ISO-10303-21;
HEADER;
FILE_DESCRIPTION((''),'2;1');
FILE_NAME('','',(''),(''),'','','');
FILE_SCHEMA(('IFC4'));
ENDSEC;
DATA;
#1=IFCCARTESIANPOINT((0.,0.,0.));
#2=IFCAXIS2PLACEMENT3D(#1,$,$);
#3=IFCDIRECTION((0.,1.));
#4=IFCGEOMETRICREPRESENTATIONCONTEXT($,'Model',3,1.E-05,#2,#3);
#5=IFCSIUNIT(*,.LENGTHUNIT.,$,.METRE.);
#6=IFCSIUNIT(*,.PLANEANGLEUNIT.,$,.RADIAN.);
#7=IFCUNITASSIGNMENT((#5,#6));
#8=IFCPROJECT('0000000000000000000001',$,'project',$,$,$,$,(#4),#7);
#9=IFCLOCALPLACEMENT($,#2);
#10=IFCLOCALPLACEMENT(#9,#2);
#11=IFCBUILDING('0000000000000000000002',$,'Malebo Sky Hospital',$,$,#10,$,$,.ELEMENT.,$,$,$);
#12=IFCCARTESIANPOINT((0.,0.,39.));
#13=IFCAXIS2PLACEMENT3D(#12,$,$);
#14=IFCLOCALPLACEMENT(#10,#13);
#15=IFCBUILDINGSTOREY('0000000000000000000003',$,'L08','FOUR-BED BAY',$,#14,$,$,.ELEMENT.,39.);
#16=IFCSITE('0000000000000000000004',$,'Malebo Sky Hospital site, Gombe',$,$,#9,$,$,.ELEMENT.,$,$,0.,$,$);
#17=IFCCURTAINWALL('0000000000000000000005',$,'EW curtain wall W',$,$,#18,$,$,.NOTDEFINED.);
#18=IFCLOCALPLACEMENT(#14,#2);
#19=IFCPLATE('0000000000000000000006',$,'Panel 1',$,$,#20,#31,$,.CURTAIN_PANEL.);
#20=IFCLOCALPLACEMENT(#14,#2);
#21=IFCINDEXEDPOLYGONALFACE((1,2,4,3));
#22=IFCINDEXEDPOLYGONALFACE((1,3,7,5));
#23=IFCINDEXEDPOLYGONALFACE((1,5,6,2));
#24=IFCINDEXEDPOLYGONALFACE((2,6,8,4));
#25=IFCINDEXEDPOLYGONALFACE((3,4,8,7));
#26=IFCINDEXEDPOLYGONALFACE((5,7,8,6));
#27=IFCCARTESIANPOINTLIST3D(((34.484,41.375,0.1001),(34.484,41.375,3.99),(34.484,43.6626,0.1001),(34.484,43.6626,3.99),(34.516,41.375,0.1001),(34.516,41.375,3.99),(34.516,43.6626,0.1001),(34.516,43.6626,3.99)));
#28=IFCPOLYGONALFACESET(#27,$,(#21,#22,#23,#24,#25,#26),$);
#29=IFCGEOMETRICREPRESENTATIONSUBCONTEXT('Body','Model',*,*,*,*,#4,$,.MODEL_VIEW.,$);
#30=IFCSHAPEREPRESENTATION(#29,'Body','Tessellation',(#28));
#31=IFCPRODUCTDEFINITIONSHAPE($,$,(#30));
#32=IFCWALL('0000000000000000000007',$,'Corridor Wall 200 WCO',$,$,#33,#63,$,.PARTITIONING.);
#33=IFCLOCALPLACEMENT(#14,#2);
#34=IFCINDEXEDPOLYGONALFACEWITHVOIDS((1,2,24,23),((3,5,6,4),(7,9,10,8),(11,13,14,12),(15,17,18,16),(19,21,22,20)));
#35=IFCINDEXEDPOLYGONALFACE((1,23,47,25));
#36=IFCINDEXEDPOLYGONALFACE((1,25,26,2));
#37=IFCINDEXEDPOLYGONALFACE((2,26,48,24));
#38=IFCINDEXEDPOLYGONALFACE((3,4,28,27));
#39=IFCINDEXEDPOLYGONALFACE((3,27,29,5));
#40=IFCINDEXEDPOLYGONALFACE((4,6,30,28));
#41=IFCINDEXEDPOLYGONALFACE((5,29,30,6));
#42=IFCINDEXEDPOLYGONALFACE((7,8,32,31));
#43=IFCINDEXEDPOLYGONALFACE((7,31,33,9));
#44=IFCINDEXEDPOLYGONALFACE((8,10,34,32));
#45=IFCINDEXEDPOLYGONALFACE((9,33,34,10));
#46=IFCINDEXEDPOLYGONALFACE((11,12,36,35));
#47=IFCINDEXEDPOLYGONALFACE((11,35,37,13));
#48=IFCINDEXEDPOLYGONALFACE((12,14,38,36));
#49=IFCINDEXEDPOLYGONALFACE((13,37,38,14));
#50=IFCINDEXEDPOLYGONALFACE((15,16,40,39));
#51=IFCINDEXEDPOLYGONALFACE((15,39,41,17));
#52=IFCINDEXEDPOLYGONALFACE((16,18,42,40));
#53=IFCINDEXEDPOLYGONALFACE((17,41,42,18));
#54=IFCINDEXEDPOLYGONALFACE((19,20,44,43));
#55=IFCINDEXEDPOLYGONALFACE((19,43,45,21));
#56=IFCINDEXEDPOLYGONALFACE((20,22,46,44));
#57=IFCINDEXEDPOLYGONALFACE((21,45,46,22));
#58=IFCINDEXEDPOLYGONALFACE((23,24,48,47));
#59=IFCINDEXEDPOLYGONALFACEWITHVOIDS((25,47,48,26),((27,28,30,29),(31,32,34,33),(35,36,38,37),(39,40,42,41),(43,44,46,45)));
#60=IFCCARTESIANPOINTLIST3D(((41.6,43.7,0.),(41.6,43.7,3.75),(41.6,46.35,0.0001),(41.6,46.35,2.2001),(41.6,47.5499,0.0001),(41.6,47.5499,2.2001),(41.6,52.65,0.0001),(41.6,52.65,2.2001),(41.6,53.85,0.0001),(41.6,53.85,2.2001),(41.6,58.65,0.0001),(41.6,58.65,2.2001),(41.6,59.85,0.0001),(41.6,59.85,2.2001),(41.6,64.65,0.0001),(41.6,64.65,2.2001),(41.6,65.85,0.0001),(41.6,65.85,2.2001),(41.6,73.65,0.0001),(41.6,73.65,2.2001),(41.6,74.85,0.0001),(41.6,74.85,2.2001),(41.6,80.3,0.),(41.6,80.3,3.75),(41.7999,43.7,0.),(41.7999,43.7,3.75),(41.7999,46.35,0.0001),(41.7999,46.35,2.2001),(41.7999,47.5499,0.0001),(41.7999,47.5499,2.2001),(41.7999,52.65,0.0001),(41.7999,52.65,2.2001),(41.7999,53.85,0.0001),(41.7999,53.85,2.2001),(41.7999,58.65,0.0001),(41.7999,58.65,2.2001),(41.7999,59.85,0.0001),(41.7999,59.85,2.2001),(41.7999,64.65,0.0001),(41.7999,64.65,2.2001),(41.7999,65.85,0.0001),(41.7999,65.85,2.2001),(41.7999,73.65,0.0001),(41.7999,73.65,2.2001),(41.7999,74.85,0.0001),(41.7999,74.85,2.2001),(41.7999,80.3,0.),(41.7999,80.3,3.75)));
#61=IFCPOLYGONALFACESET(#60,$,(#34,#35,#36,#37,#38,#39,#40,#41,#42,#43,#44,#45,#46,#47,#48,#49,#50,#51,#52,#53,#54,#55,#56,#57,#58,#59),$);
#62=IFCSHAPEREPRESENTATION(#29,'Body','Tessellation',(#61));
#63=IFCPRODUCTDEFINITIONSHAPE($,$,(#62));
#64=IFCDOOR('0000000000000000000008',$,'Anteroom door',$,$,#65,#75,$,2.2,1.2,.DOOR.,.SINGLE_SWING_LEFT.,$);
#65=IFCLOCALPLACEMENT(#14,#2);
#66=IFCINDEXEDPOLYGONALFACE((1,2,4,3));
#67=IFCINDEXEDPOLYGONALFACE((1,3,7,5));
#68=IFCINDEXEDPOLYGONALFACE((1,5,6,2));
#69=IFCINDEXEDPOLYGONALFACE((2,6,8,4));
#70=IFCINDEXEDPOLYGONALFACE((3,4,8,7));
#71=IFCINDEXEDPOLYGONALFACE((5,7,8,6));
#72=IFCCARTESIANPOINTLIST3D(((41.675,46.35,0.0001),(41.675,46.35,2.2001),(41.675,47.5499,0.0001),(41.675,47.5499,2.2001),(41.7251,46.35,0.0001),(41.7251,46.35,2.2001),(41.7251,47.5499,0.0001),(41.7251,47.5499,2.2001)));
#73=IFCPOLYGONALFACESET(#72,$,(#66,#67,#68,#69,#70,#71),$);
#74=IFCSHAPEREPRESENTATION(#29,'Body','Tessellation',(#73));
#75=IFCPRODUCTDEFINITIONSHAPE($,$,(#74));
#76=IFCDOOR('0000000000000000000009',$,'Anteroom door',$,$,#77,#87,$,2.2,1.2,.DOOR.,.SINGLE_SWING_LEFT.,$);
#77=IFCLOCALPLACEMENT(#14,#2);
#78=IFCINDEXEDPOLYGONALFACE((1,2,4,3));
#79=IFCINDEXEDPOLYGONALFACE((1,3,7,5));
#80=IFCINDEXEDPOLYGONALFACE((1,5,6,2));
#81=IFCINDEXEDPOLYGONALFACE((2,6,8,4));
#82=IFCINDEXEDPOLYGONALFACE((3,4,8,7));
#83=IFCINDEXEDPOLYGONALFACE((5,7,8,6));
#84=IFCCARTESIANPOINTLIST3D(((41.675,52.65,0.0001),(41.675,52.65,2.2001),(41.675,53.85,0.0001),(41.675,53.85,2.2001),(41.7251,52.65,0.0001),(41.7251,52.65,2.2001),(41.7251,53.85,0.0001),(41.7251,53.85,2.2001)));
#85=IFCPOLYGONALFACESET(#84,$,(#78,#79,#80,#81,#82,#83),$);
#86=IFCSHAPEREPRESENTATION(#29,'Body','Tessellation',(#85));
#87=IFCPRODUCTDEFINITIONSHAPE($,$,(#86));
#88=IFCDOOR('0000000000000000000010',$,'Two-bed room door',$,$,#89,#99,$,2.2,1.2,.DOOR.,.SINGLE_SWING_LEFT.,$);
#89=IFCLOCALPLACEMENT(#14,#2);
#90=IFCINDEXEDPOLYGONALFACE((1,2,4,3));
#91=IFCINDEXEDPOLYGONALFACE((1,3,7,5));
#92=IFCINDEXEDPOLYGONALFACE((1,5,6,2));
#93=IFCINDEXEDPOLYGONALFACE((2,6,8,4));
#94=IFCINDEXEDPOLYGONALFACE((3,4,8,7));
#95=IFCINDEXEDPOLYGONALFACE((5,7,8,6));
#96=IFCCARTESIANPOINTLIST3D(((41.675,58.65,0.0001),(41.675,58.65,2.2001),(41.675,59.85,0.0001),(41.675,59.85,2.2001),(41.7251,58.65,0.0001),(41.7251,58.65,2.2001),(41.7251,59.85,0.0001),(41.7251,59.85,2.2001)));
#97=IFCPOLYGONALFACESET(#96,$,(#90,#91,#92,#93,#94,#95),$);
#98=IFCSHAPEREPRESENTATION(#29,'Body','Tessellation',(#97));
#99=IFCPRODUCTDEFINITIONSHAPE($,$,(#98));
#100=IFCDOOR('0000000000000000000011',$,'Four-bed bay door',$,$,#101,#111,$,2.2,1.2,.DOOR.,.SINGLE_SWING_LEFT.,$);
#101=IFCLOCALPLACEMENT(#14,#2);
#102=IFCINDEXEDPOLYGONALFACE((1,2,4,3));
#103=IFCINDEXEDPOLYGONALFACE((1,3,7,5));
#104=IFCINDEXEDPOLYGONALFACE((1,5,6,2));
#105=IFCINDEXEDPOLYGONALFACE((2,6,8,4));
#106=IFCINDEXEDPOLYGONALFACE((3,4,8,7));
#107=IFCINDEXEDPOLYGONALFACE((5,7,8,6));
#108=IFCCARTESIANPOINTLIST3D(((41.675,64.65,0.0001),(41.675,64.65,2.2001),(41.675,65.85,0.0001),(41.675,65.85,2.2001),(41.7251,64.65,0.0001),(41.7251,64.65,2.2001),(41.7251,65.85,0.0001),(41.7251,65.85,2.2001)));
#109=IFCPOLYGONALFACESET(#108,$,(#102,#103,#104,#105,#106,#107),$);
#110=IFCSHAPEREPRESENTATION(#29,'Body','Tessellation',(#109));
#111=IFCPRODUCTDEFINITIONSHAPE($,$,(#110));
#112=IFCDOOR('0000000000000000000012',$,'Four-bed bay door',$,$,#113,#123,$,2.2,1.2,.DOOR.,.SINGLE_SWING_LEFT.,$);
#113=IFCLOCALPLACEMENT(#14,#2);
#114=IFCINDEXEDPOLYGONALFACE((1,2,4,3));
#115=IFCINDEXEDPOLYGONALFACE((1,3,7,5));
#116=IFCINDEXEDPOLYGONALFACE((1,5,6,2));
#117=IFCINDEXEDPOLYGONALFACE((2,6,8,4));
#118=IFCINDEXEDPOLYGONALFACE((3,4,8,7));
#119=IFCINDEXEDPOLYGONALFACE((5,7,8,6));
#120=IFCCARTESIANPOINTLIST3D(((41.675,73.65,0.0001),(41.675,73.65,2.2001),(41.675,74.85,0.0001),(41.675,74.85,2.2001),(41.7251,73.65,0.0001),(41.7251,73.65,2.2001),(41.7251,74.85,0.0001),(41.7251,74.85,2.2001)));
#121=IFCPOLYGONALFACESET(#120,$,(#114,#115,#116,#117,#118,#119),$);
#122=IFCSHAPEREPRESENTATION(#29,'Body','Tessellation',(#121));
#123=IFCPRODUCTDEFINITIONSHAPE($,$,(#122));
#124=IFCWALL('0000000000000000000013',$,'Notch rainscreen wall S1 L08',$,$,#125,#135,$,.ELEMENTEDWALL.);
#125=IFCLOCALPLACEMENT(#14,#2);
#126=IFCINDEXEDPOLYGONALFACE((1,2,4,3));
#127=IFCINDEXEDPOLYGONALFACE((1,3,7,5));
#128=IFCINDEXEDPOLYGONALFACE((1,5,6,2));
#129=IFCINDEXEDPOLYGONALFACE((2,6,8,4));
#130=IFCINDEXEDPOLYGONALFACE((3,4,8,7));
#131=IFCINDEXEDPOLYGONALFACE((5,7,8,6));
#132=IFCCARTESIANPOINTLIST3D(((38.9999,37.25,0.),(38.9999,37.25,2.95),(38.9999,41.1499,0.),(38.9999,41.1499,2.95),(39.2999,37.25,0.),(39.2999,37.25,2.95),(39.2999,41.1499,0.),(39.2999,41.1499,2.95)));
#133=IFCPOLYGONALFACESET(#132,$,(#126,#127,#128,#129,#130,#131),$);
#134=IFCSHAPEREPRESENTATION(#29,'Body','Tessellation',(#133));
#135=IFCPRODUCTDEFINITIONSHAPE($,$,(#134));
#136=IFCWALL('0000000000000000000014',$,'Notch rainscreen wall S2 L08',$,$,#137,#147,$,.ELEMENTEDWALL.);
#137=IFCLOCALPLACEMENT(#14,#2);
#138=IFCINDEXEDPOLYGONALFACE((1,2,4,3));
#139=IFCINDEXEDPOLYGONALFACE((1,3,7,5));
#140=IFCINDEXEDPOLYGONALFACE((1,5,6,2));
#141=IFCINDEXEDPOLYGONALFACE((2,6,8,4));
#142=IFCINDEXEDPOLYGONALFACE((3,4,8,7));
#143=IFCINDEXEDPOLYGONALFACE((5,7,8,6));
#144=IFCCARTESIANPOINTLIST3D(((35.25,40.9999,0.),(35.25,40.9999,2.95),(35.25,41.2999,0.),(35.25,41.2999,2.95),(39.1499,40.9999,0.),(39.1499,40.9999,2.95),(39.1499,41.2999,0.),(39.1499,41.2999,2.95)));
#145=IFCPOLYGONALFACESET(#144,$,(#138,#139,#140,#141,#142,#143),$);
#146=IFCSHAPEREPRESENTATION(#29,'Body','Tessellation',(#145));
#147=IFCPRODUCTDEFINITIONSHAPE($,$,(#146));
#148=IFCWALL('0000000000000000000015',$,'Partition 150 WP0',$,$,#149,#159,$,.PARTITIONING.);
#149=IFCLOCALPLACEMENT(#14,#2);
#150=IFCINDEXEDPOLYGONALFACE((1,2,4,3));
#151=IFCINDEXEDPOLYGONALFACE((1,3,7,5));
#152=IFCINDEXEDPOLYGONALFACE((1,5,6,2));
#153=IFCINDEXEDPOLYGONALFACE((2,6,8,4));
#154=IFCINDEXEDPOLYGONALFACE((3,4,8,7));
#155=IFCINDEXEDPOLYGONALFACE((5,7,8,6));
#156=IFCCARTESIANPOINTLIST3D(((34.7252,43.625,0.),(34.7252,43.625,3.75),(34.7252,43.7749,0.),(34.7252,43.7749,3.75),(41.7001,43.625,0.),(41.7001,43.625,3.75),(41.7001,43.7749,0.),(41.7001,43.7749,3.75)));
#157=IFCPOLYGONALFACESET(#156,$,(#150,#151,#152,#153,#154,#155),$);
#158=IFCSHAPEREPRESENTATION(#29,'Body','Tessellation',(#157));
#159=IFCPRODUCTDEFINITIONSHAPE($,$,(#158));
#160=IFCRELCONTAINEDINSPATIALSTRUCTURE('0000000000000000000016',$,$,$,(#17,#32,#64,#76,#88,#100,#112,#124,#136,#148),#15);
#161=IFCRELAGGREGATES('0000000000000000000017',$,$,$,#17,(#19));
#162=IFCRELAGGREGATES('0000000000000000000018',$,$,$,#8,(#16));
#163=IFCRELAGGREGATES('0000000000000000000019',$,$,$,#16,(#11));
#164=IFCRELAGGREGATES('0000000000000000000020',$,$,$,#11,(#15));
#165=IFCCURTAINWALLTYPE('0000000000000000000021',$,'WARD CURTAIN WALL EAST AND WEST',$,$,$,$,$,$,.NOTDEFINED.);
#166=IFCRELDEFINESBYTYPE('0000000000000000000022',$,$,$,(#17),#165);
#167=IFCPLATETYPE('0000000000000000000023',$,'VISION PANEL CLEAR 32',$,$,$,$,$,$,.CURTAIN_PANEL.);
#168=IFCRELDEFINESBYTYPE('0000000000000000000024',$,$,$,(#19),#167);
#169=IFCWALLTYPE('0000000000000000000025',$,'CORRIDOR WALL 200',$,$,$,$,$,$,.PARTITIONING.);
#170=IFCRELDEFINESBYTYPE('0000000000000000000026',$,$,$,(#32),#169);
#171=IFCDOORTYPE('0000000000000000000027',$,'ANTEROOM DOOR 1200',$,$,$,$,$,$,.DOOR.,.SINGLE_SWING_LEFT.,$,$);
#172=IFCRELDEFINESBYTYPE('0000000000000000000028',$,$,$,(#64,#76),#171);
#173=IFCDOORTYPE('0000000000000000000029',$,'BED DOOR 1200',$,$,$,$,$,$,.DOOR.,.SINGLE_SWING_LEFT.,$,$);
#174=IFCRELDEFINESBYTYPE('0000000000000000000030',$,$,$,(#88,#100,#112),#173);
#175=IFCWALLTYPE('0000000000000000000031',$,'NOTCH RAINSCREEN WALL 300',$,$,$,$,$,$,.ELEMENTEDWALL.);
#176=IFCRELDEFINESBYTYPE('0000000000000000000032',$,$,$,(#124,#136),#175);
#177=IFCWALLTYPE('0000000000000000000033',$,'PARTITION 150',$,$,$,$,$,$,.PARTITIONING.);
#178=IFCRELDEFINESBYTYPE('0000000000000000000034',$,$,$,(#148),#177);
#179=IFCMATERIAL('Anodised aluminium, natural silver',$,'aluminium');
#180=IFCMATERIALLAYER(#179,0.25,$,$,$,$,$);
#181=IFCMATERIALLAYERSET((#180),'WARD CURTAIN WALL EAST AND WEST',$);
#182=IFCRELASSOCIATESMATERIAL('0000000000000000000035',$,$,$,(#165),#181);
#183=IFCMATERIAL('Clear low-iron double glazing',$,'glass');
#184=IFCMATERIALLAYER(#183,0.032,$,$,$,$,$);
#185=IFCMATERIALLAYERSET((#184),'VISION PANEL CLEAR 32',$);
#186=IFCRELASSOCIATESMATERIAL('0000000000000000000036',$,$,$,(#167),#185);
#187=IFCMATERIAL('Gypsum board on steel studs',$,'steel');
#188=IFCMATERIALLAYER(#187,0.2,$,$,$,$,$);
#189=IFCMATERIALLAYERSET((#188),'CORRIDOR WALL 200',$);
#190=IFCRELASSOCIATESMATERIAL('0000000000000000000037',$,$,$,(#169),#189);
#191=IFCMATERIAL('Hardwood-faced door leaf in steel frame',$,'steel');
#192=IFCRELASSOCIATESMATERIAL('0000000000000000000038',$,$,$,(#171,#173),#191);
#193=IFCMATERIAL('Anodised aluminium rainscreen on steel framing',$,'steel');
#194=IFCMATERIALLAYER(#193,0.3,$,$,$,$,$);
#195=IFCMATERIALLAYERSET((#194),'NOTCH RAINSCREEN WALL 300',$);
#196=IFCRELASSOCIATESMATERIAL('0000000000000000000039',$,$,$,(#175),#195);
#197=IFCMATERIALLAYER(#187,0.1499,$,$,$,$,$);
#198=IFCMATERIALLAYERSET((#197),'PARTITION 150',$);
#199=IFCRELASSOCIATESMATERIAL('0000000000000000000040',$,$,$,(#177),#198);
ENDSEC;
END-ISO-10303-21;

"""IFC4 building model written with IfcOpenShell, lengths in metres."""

from ifc_helpers import new_model, si_unit, direction, frame, frame_2d, origin, origin_2d, place, context, subcontext, project, spatial, rectangle, extrude, material, layer, layer_set, type_object, element, fill, aggregate, save


model = new_model("IFC4")

# Units and contexts
model_context = context("Model", 3, precision=1e-05, world=origin(), true_north=direction((0.0, 1.0)))
body_context = subcontext(model_context, "Body", "Model", "MODEL_VIEW")
ifc_project = project(units=[si_unit("LENGTHUNIT", "METRE"), si_unit("PLANEANGLEUNIT", "RADIAN")], contexts=[model_context])

# Site, building, storey
site_placement = place(None, origin())
site = spatial("IfcSite", under=ifc_project, at=site_placement, Name="Malebo Sky Hospital site, Gombe", CompositionType="ELEMENT", RefElevation=0.0)
building_placement = place(site_placement, origin())
building = spatial("IfcBuilding", under=site, at=building_placement, Name="Malebo Sky Hospital", CompositionType="ELEMENT")
storey_placement = place(building_placement, frame((0.0, 0.0, 39.0)))
storey = spatial("IfcBuildingStorey", under=building, at=storey_placement, Name="L08", Description="FOUR-BED BAY", CompositionType="ELEMENT", Elevation=39.0)

# Curtain wall
ifc_material_1 = material(Name="Anodised aluminium, natural silver", Category="aluminium")
ifc_layer_1 = layer(ifc_material_1, 0.25)
ifc_layer_set_1 = layer_set([ifc_layer_1], Name="WARD CURTAIN WALL EAST AND WEST")
curtain_wall_type = type_object("IfcCurtainWallType", Name="WARD CURTAIN WALL EAST AND WEST", PredefinedType="NOTDEFINED", material=ifc_layer_set_1)
curtain_wall_placement = place(storey_placement, origin())
curtain_wall = element("IfcCurtainWall", 1, at=curtain_wall_placement, inside=storey, type_object=curtain_wall_type, Name="EW curtain wall W", PredefinedType="NOTDEFINED")

# Plate
ifc_material_2 = material(Name="Clear low-iron double glazing", Category="glass")
ifc_layer_2 = layer(ifc_material_2, 0.032)
ifc_layer_set_2 = layer_set([ifc_layer_2], Name="VISION PANEL CLEAR 32")
plate_type = type_object("IfcPlateType", Name="VISION PANEL CLEAR 32", PredefinedType="CURTAIN_PANEL", material=ifc_layer_set_2)
plate_placement = place(storey_placement, frame((34.5, 42.5188, 0.1001), z_axis=(0.0, 0.0, 1.0), x_axis=(0.0, 1.0, 0.0)))
plate = element("IfcPlate", 2, at=plate_placement, type_object=plate_type, Name="Panel 1", PredefinedType="CURTAIN_PANEL", context=body_context, shape_type="SweptSolid", body=[
    extrude(rectangle(XDim=2.2876, YDim=0.032, at=origin_2d()), origin(), (0.0, 0.0, 1.0), 3.8899),
])
aggregate(curtain_wall, [plate])

# Wall, openings, doors
ifc_material_3 = material(Name="Gypsum board on steel studs", Category="steel")
ifc_layer_3 = layer(ifc_material_3, 0.2)
ifc_layer_set_3 = layer_set([ifc_layer_3], Name="CORRIDOR WALL 200")
wall_type_1 = type_object("IfcWallType", Name="CORRIDOR WALL 200", PredefinedType="PARTITIONING", material=ifc_layer_set_3)
wall_1_placement = place(storey_placement, frame((41.7, 43.7, 0.0), z_axis=(0.0, 0.0, 1.0), x_axis=(0.0, 1.0, 0.0)))
wall_1 = element("IfcWall", 3, at=wall_1_placement, inside=storey, type_object=wall_type_1, Name="Corridor Wall 200 WCO", PredefinedType="PARTITIONING", context=body_context, shape_type="SweptSolid", body=[
    extrude(rectangle(XDim=36.6001, YDim=0.2, at=frame_2d((18.3, 0.0))), origin(), (0.0, 0.0, 1.0), 3.75),
])
opening_1_placement = place(wall_1_placement, frame((2.6499, 0.0, 0.0)))
opening_1 = element("IfcOpeningElement", 4, at=opening_1_placement, cuts=wall_1, PredefinedType="OPENING", context=body_context, shape_type="SweptSolid", body=[
    extrude(rectangle(XDim=1.2, YDim=2.2, at=frame_2d((0.6001, 1.1001))), frame((0.0, 0.1099, 0.0), z_axis=(0.0, -1.0, 0.0), x_axis=(1.0, 0.0, 0.0)), (0.0, 0.0, 1.0), 0.22),
])
opening_2_placement = place(wall_1_placement, frame((8.95, 0.0, 0.0)))
opening_2 = element("IfcOpeningElement", 5, at=opening_2_placement, cuts=wall_1, PredefinedType="OPENING", context=body_context, shape_type="SweptSolid", body=[
    extrude(rectangle(XDim=1.2, YDim=2.2, at=frame_2d((0.6001, 1.1001))), frame((0.0, 0.1099, 0.0), z_axis=(0.0, -1.0, 0.0), x_axis=(1.0, 0.0, 0.0)), (0.0, 0.0, 1.0), 0.22),
])
opening_3_placement = place(wall_1_placement, frame((14.95, 0.0, 0.0)))
opening_3 = element("IfcOpeningElement", 6, at=opening_3_placement, cuts=wall_1, PredefinedType="OPENING", context=body_context, shape_type="SweptSolid", body=[
    extrude(rectangle(XDim=1.2, YDim=2.2, at=frame_2d((0.6001, 1.1001))), frame((0.0, 0.1099, 0.0), z_axis=(0.0, -1.0, 0.0), x_axis=(1.0, 0.0, 0.0)), (0.0, 0.0, 1.0), 0.22),
])
opening_4_placement = place(wall_1_placement, frame((20.95, 0.0, 0.0)))
opening_4 = element("IfcOpeningElement", 7, at=opening_4_placement, cuts=wall_1, PredefinedType="OPENING", context=body_context, shape_type="SweptSolid", body=[
    extrude(rectangle(XDim=1.2, YDim=2.2, at=frame_2d((0.6001, 1.1001))), frame((0.0, 0.1099, 0.0), z_axis=(0.0, -1.0, 0.0), x_axis=(1.0, 0.0, 0.0)), (0.0, 0.0, 1.0), 0.22),
])
opening_5_placement = place(wall_1_placement, frame((29.95, 0.0, 0.0)))
opening_5 = element("IfcOpeningElement", 8, at=opening_5_placement, cuts=wall_1, PredefinedType="OPENING", context=body_context, shape_type="SweptSolid", body=[
    extrude(rectangle(XDim=1.2, YDim=2.2, at=frame_2d((0.6001, 1.1001))), frame((0.0, 0.1099, 0.0), z_axis=(0.0, -1.0, 0.0), x_axis=(1.0, 0.0, 0.0)), (0.0, 0.0, 1.0), 0.22),
])
ifc_material_4 = material(Name="Hardwood-faced door leaf in steel frame", Category="steel")
door_type_1 = type_object("IfcDoorType", Name="ANTEROOM DOOR 1200", OperationType="SINGLE_SWING_LEFT", PredefinedType="DOOR", material=ifc_material_4)
door_1_placement = place(opening_1_placement, origin())
door_1 = element("IfcDoor", 9, at=door_1_placement, inside=storey, type_object=door_type_1, Name="Anteroom door", OperationType="SINGLE_SWING_LEFT", OverallHeight=2.2, OverallWidth=1.2, PredefinedType="DOOR", context=body_context, shape_type="SweptSolid", body=[
    extrude(rectangle(XDim=1.2, YDim=2.2, at=frame_2d((0.6001, 1.1001))), frame((0.0, 0.0249, 0.0), z_axis=(0.0, -1.0, 0.0), x_axis=(1.0, 0.0, 0.0)), (0.0, 0.0, 1.0), 0.05),
])
fill(opening_1, door_1)
door_2_placement = place(opening_2_placement, origin())
door_2 = element("IfcDoor", 10, at=door_2_placement, inside=storey, type_object=door_type_1, Name="Anteroom door", OperationType="SINGLE_SWING_LEFT", OverallHeight=2.2, OverallWidth=1.2, PredefinedType="DOOR", context=body_context, shape_type="SweptSolid", body=[
    extrude(rectangle(XDim=1.2, YDim=2.2, at=frame_2d((0.6001, 1.1001))), frame((0.0, 0.0249, 0.0), z_axis=(0.0, -1.0, 0.0), x_axis=(1.0, 0.0, 0.0)), (0.0, 0.0, 1.0), 0.05),
])
fill(opening_2, door_2)
door_type_2 = type_object("IfcDoorType", Name="BED DOOR 1200", OperationType="SINGLE_SWING_LEFT", PredefinedType="DOOR", material=ifc_material_4)
door_3_placement = place(opening_3_placement, origin())
door_3 = element("IfcDoor", 11, at=door_3_placement, inside=storey, type_object=door_type_2, Name="Two-bed room door", OperationType="SINGLE_SWING_LEFT", OverallHeight=2.2, OverallWidth=1.2, PredefinedType="DOOR", context=body_context, shape_type="SweptSolid", body=[
    extrude(rectangle(XDim=1.2, YDim=2.2, at=frame_2d((0.6001, 1.1001))), frame((0.0, 0.0249, 0.0), z_axis=(0.0, -1.0, 0.0), x_axis=(1.0, 0.0, 0.0)), (0.0, 0.0, 1.0), 0.05),
])
fill(opening_3, door_3)
door_4_placement = place(opening_4_placement, origin())
door_4 = element("IfcDoor", 12, at=door_4_placement, inside=storey, type_object=door_type_2, Name="Four-bed bay door", OperationType="SINGLE_SWING_LEFT", OverallHeight=2.2, OverallWidth=1.2, PredefinedType="DOOR", context=body_context, shape_type="SweptSolid", body=[
    extrude(rectangle(XDim=1.2, YDim=2.2, at=frame_2d((0.6001, 1.1001))), frame((0.0, 0.0249, 0.0), z_axis=(0.0, -1.0, 0.0), x_axis=(1.0, 0.0, 0.0)), (0.0, 0.0, 1.0), 0.05),
])
fill(opening_4, door_4)
door_5_placement = place(opening_5_placement, origin())
door_5 = element("IfcDoor", 13, at=door_5_placement, inside=storey, type_object=door_type_2, Name="Four-bed bay door", OperationType="SINGLE_SWING_LEFT", OverallHeight=2.2, OverallWidth=1.2, PredefinedType="DOOR", context=body_context, shape_type="SweptSolid", body=[
    extrude(rectangle(XDim=1.2, YDim=2.2, at=frame_2d((0.6001, 1.1001))), frame((0.0, 0.0249, 0.0), z_axis=(0.0, -1.0, 0.0), x_axis=(1.0, 0.0, 0.0)), (0.0, 0.0, 1.0), 0.05),
])
fill(opening_5, door_5)

# Walls
ifc_material_5 = material(Name="Anodised aluminium rainscreen on steel framing", Category="steel")
ifc_layer_4 = layer(ifc_material_5, 0.3)
ifc_layer_set_4 = layer_set([ifc_layer_4], Name="NOTCH RAINSCREEN WALL 300")
wall_type_2 = type_object("IfcWallType", Name="NOTCH RAINSCREEN WALL 300", PredefinedType="ELEMENTEDWALL", material=ifc_layer_set_4)
for number, where, z_axis, x_axis, name in (
    (14, (39.1499, 37.25, 0.0), (0.0, 0.0, 1.0), (0.0, 1.0, 0.0), "Notch rainscreen wall S1 L08"),
    (15, (39.1499, 41.1499, 0.0), (0.0, 0.0, 1.0), (-1.0, 0.0, 0.0), "Notch rainscreen wall S2 L08"),
):
    element("IfcWall", number, at=place(storey_placement, frame(where, z_axis=z_axis, x_axis=x_axis)), inside=storey, type_object=wall_type_2, Name=name, PredefinedType="ELEMENTEDWALL", context=body_context, shape_type="SweptSolid", body=[
        extrude(rectangle(XDim=3.8999, YDim=0.3, at=frame_2d((1.95, 0.0))), origin(), (0.0, 0.0, 1.0), 2.95),
    ])
ifc_layer_5 = layer(ifc_material_3, 0.1499)
ifc_layer_set_5 = layer_set([ifc_layer_5], Name="PARTITION 150")
wall_type_3 = type_object("IfcWallType", Name="PARTITION 150", PredefinedType="PARTITIONING", material=ifc_layer_set_5)
wall_2_placement = place(storey_placement, frame((41.7, 43.7, 0.0), z_axis=(0.0, 0.0, 1.0), x_axis=(-1.0, 0.0, 0.0)))
element("IfcWall", 16, at=wall_2_placement, inside=storey, type_object=wall_type_3, Name="Partition 150 WP0", PredefinedType="PARTITIONING", context=body_context, shape_type="SweptSolid", body=[
    extrude(rectangle(XDim=6.9749, YDim=0.1499, at=frame_2d((3.4873, 0.0))), origin(), (0.0, 0.0, 1.0), 3.75),
])

save(model, "model.ifc")
